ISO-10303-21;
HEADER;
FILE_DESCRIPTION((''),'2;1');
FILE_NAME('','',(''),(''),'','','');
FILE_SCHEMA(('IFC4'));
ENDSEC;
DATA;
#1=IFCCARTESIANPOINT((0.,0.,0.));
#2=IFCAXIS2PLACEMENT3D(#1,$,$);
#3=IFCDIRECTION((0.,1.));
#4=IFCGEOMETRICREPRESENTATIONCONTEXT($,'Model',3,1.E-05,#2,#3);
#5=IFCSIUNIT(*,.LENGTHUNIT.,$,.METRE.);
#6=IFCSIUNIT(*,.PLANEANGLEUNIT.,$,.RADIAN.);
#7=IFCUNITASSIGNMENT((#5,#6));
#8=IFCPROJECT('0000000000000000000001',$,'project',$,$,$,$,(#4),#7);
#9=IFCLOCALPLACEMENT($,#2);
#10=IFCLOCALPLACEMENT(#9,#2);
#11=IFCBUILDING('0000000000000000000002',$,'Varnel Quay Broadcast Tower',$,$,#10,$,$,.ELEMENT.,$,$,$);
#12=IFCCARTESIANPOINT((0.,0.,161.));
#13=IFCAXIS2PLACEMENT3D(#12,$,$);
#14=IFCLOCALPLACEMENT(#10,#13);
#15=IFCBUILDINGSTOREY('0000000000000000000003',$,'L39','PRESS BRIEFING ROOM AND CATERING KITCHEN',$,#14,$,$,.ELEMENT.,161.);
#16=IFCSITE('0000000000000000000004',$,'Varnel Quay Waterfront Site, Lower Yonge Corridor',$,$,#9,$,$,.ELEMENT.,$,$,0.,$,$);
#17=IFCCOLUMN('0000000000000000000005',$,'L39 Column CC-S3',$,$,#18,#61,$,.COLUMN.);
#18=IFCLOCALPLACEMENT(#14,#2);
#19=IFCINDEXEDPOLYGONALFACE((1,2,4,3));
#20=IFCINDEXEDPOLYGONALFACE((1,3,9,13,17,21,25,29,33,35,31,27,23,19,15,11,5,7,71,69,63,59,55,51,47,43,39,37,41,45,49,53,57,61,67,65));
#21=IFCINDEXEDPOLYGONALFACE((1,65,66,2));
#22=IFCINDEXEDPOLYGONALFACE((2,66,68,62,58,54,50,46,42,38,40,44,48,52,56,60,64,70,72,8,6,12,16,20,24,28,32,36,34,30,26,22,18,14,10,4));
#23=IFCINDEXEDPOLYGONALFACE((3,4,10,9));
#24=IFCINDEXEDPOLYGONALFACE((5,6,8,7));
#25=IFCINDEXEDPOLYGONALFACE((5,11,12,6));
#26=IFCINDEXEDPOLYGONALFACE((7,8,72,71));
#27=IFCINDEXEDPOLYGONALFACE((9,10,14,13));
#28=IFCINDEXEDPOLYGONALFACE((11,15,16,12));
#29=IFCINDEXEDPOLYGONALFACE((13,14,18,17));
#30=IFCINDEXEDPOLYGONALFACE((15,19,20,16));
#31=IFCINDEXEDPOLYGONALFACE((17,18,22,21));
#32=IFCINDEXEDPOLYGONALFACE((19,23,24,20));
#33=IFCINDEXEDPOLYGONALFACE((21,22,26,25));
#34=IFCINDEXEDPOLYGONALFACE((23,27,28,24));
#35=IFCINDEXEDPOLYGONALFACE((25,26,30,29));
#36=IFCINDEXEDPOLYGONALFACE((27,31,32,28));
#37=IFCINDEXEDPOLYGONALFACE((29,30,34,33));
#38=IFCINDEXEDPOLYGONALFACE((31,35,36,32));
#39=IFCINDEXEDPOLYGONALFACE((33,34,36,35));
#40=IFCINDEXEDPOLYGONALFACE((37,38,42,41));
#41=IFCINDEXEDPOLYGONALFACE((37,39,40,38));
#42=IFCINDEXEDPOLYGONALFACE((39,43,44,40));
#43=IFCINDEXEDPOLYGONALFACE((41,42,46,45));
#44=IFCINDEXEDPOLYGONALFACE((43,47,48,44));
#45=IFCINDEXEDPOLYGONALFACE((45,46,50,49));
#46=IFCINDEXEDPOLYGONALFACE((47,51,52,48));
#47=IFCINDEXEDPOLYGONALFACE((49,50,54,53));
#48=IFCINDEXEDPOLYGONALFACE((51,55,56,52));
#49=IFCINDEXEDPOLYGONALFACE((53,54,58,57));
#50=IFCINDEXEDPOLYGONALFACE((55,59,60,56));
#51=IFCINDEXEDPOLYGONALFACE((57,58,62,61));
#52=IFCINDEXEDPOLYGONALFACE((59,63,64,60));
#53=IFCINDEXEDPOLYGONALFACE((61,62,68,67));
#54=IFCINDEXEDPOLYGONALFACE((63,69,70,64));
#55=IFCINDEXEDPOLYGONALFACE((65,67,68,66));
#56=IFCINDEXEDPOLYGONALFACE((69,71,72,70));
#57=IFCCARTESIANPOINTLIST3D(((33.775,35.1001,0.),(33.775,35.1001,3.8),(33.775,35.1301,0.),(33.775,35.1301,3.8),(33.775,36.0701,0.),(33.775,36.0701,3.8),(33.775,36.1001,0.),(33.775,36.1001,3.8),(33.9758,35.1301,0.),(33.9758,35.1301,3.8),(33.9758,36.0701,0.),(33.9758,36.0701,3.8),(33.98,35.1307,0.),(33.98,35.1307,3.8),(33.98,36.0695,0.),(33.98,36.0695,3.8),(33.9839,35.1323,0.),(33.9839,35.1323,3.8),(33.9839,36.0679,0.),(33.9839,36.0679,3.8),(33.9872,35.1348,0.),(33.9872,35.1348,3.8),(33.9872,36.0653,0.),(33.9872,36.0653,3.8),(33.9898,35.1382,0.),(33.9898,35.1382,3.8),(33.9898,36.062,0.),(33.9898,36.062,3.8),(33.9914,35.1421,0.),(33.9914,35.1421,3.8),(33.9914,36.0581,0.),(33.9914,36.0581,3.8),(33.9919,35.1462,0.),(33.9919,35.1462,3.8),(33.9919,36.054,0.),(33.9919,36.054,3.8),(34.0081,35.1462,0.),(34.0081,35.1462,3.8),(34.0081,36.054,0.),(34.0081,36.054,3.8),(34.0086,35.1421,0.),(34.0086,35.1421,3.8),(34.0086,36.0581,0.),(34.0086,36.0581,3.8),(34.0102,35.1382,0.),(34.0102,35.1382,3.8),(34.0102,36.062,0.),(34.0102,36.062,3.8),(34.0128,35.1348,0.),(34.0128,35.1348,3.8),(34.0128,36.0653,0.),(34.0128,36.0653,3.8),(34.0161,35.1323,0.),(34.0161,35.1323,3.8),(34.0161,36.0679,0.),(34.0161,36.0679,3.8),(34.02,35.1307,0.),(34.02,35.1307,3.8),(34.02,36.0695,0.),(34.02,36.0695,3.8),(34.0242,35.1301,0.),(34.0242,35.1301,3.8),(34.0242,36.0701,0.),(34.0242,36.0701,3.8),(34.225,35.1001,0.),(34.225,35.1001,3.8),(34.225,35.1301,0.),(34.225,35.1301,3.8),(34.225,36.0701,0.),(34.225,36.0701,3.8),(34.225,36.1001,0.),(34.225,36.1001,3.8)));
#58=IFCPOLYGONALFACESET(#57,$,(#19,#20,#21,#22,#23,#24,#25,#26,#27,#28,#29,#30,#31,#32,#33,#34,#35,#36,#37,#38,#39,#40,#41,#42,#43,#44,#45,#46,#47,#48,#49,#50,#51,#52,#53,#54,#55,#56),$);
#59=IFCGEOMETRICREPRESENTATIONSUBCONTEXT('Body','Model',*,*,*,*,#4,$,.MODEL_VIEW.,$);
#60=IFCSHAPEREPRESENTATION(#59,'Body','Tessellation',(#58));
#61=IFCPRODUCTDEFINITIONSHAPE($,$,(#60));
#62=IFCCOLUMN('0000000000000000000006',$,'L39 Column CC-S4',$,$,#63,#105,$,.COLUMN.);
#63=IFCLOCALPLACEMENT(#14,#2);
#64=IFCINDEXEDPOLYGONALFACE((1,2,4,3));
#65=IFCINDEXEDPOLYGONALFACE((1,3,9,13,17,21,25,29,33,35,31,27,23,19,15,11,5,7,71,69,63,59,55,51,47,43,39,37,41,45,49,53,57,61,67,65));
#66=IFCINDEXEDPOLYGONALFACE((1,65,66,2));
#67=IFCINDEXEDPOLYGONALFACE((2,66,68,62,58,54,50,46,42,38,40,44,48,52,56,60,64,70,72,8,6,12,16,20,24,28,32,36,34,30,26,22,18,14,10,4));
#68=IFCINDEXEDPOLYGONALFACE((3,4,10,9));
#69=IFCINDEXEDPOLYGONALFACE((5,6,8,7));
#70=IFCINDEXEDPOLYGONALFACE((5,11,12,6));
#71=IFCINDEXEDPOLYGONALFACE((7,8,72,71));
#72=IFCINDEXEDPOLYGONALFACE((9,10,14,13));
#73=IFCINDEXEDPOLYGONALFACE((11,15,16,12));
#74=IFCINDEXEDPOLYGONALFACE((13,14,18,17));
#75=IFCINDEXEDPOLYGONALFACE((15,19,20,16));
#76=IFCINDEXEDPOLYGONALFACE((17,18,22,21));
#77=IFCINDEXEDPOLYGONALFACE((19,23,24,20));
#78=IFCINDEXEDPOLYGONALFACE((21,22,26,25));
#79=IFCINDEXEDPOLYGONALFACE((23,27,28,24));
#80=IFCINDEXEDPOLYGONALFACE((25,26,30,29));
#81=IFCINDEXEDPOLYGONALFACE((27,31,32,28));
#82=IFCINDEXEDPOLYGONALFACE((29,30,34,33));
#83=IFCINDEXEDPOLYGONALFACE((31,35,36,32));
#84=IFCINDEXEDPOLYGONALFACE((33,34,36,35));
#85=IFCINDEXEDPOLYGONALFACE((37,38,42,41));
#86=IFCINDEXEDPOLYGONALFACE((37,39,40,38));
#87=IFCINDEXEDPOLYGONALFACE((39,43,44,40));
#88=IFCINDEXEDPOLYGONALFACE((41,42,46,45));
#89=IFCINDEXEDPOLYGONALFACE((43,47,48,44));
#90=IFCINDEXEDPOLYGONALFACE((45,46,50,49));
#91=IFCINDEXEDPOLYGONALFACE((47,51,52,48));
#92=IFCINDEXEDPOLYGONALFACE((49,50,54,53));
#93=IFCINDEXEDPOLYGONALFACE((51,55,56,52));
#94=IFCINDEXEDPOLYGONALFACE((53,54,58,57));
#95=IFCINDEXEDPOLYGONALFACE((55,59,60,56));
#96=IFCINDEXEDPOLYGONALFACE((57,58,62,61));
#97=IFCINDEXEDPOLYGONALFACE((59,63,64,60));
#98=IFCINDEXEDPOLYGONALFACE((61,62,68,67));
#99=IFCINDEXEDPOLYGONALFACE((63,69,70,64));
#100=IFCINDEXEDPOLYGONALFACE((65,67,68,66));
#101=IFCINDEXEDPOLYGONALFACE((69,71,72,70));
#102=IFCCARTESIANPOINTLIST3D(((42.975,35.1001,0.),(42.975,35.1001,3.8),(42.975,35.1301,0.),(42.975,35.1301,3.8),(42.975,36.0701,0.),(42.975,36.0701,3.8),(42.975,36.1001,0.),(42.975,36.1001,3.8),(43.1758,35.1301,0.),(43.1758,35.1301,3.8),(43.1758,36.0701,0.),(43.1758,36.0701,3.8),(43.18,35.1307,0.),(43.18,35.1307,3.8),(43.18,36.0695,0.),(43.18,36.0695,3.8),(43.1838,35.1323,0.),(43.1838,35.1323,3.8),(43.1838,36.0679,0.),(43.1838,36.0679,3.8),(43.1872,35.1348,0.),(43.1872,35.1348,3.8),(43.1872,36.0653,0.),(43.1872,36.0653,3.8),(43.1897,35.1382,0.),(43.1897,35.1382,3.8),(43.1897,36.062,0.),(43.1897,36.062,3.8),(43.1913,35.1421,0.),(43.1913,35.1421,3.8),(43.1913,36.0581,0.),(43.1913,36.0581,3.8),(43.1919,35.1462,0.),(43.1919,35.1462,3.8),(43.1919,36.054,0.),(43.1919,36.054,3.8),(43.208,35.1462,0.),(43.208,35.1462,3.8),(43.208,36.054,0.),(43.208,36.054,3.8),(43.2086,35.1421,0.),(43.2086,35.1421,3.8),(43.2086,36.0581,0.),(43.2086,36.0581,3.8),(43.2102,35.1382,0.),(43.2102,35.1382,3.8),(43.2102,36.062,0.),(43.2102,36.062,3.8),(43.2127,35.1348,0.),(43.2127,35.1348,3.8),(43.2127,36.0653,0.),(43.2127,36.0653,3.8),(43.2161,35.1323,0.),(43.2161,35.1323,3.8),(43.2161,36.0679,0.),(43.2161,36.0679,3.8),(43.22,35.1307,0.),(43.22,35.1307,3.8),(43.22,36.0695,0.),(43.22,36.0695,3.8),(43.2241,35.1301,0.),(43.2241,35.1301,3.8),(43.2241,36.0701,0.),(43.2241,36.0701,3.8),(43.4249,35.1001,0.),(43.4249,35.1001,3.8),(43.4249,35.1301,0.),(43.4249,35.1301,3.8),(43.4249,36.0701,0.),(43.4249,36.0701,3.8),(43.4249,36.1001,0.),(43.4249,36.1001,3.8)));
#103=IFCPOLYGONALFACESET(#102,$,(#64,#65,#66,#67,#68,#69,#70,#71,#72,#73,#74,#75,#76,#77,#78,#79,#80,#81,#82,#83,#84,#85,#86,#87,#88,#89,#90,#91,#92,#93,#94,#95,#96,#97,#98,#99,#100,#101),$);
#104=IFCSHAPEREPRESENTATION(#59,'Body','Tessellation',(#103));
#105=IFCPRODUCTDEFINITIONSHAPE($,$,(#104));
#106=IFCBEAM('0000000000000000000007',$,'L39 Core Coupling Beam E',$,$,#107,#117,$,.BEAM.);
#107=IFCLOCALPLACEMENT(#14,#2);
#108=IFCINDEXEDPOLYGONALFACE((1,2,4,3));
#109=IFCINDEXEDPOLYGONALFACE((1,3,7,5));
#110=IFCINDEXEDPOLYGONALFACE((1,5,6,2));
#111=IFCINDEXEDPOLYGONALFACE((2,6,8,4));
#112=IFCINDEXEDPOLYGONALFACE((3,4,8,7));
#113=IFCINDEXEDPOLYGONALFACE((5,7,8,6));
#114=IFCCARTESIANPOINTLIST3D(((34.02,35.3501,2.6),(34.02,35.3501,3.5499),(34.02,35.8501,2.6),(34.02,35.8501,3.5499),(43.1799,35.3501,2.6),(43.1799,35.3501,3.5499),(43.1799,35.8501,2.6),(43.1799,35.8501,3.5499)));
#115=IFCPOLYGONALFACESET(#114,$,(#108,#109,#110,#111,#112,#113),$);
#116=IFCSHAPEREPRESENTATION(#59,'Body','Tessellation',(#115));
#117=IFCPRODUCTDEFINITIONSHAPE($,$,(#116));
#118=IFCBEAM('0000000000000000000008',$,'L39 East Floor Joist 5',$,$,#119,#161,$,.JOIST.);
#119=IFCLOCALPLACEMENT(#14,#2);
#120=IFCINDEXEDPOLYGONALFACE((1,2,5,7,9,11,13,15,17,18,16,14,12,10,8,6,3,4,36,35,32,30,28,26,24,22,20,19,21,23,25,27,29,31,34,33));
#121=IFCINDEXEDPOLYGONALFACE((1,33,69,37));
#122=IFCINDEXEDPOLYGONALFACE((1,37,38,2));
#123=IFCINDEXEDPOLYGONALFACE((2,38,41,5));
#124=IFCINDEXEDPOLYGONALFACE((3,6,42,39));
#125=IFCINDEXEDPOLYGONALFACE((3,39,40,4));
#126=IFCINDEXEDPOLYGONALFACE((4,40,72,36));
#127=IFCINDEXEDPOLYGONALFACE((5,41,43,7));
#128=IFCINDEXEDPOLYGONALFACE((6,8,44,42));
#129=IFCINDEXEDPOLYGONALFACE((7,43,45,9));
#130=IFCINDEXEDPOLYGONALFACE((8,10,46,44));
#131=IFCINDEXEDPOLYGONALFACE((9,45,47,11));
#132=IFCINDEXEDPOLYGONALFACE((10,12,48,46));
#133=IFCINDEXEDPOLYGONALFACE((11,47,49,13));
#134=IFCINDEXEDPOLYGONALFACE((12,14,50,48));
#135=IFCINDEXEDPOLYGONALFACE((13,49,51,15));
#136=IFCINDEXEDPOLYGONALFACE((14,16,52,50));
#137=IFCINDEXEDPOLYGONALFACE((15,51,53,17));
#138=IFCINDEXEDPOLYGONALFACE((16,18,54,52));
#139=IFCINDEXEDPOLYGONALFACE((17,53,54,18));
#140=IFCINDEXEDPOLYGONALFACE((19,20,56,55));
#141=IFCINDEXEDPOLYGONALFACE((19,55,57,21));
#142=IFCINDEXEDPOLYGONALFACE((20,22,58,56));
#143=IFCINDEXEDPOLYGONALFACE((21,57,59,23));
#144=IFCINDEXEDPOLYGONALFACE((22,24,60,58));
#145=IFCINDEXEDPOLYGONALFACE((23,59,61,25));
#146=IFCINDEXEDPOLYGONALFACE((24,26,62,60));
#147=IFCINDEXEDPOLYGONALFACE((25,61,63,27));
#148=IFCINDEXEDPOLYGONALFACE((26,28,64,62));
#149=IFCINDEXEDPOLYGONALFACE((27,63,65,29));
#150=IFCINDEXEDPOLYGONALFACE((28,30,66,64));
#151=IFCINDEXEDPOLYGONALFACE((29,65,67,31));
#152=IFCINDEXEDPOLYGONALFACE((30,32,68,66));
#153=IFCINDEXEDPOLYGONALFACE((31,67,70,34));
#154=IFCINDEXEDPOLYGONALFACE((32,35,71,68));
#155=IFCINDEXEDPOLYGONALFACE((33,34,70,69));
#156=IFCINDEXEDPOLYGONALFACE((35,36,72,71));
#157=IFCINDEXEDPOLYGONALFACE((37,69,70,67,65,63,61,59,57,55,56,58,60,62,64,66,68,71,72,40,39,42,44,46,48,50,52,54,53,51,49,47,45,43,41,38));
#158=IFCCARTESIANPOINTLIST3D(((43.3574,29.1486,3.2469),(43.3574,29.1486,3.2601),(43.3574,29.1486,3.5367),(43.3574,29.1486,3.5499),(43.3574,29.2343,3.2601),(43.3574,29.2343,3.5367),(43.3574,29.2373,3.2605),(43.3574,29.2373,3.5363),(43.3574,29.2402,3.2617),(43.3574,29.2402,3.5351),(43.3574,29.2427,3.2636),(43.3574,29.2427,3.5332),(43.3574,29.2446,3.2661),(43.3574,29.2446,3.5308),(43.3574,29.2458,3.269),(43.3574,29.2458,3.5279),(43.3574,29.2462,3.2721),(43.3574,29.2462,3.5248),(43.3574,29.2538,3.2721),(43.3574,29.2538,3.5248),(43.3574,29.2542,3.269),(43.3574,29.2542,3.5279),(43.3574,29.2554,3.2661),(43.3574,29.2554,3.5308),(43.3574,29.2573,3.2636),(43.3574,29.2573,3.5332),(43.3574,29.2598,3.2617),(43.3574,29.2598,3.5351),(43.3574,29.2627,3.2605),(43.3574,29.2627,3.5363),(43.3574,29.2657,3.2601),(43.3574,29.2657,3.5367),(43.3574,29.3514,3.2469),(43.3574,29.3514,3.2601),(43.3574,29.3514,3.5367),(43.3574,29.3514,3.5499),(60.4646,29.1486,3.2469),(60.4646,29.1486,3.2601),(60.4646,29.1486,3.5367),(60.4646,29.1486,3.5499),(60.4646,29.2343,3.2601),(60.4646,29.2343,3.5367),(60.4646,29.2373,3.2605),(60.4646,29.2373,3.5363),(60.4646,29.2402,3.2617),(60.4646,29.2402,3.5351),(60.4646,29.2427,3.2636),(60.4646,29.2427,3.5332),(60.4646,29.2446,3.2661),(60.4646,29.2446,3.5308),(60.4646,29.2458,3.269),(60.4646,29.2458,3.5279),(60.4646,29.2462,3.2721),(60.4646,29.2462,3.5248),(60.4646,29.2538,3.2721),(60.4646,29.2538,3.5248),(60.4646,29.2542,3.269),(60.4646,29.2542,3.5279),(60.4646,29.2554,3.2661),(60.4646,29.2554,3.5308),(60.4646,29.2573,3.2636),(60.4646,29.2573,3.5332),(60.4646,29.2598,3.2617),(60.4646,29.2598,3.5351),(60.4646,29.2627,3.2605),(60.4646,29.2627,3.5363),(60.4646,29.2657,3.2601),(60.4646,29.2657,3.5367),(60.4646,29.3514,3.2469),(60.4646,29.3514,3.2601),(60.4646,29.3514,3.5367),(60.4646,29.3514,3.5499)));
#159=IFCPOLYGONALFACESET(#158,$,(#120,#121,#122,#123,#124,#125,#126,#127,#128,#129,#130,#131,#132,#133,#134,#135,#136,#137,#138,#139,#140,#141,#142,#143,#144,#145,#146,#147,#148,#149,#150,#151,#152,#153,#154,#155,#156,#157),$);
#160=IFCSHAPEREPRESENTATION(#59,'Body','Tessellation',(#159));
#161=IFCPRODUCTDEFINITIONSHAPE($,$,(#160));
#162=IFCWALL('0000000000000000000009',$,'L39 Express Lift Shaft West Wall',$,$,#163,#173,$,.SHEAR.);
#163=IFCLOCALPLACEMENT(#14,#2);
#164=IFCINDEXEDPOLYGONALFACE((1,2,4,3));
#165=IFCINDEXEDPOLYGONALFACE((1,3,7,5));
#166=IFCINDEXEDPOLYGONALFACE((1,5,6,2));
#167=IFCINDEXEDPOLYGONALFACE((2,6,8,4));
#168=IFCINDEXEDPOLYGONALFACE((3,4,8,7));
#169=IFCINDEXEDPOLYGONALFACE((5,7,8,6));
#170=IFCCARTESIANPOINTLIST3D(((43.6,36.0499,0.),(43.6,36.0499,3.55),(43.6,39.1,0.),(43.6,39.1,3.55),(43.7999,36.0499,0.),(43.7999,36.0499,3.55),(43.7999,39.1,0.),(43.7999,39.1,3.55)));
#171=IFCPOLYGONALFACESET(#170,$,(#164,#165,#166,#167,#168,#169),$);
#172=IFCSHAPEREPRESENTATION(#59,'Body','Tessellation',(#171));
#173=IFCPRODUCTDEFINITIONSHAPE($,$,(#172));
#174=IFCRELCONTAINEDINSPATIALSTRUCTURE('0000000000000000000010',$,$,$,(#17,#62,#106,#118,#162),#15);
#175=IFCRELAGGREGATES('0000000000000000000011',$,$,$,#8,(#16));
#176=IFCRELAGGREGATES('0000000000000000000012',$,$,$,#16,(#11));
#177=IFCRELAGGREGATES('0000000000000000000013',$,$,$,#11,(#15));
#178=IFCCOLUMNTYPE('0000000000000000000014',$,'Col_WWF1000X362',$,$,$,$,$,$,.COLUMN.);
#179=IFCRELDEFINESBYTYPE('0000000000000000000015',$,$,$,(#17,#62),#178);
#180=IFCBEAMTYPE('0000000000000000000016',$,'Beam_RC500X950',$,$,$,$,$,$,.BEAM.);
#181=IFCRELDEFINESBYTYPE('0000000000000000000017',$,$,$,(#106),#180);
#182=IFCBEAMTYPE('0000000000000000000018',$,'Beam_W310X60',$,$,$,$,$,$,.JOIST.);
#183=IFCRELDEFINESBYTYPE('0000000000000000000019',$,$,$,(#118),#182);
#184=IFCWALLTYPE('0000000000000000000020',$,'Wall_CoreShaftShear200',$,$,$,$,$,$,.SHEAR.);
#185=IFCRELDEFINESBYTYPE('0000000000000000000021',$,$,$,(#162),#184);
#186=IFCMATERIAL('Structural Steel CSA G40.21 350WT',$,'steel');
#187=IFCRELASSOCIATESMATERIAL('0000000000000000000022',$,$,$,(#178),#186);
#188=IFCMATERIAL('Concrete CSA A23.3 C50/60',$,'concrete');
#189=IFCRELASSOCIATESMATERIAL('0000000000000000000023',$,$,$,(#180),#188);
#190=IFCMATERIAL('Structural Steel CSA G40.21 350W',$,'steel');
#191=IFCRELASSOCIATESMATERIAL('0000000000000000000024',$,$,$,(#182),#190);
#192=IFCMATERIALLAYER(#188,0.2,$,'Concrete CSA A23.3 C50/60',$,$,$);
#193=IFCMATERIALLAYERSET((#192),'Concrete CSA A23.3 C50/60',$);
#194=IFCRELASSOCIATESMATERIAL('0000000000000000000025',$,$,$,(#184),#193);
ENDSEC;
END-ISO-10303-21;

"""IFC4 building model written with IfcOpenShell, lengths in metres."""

from ifc_helpers import new_model, si_unit, direction, frame, frame_2d, origin, origin_2d, place, context, subcontext, project, spatial, rectangle, i_section, extrude, source, transform, mapped, material, layer, layer_set, material_profile, profile_set, type_object, type_shapes, element, save


model = new_model("IFC4")

# Units and contexts
model_context = context("Model", 3, precision=1e-05, world=origin(), true_north=direction((0.0, 1.0)))
body_context = subcontext(model_context, "Body", "Model", "MODEL_VIEW")
ifc_project = project(units=[si_unit("LENGTHUNIT", "METRE"), si_unit("PLANEANGLEUNIT", "RADIAN")], contexts=[model_context])

# Site, building, storey
site_placement = place(None, origin())
site = spatial("IfcSite", under=ifc_project, at=site_placement, Name="Varnel Quay Waterfront Site, Lower Yonge Corridor", CompositionType="ELEMENT", RefElevation=0.0)
building_placement = place(site_placement, origin())
building = spatial("IfcBuilding", under=site, at=building_placement, Name="Varnel Quay Broadcast Tower", CompositionType="ELEMENT")
storey_placement = place(building_placement, frame((0.0, 0.0, 161.0)))
storey = spatial("IfcBuildingStorey", under=building, at=storey_placement, Name="L39", Description="PRESS BRIEFING ROOM AND CATERING KITCHEN", CompositionType="ELEMENT", Elevation=161.0)

# Columns
ifc_material_1 = material(Name="Structural Steel CSA G40.21 350WT", Category="steel")
ifc_material_profile_1 = material_profile(ifc_material_1, i_section(OverallWidth=0.45, OverallDepth=1.0, WebThickness=0.0161, FlangeThickness=0.03, FilletRadius=0.0161, at=origin_2d()), Name="WWF1000X362")
ifc_profile_set_1 = profile_set([ifc_material_profile_1], Name="Structural Steel CSA G40.21 350WT")
column_type = type_object("IfcColumnType", Name="Col_WWF1000X362", PredefinedType="COLUMN", material=ifc_profile_set_1)
shared_shape_1 = source(origin(), body_context, "Body", "SweptSolid", [
    extrude(i_section(OverallWidth=0.45, OverallDepth=1.0, WebThickness=0.0161, FlangeThickness=0.03, FilletRadius=0.0161, at=origin_2d()), origin(), (0.0, 0.0, 1.0), 3.8),
])
type_shapes(column_type, [shared_shape_1])
for number, where, z_axis, x_axis, name in (
    (1, (34.0, 35.6001, 0.0), (0.0, 0.0, 1.0), (1.0, 0.0, 0.0), "L39 Column CC-S3"),
    (2, (43.2, 35.6001, 0.0), (0.0, 0.0, 1.0), (1.0, 0.0, 0.0), "L39 Column CC-S4"),
):
    element("IfcColumn", number, at=place(storey_placement, frame(where, z_axis=z_axis, x_axis=x_axis)), inside=storey, type_object=column_type, Name=name, PredefinedType="COLUMN", context=body_context, shape_type="MappedRepresentation", body=[
        mapped(shared_shape_1, transform((0.0, 0.0, 0.0), x_axis=(1.0, 0.0, 0.0), y_axis=(0.0, 1.0, 0.0), z_axis=(0.0, 0.0, 1.0), scale=1.0)),
    ])

# Beams
ifc_material_2 = material(Name="Concrete CSA A23.3 C50/60", Category="concrete")
ifc_material_profile_2 = material_profile(ifc_material_2, rectangle(XDim=0.5, YDim=0.95, at=origin_2d()), Name="RC500X950")
ifc_profile_set_2 = profile_set([ifc_material_profile_2], Name="Concrete CSA A23.3 C50/60")
beam_type_1 = type_object("IfcBeamType", Name="Beam_RC500X950", PredefinedType="BEAM", material=ifc_profile_set_2)
shared_shape_2 = source(origin(), body_context, "Body", "SweptSolid", [
    extrude(rectangle(XDim=0.5, YDim=0.95, at=origin_2d()), origin(), (0.0, 0.0, 1.0), 9.1599),
])
type_shapes(beam_type_1, [shared_shape_2])
beam_1_placement = place(storey_placement, frame((34.02, 35.6001, 3.075), z_axis=(1.0, 0.0, 0.0), x_axis=(0.0, 1.0, 0.0)))
element("IfcBeam", 3, at=beam_1_placement, inside=storey, type_object=beam_type_1, Name="L39 Core Coupling Beam E", PredefinedType="BEAM", context=body_context, shape_type="MappedRepresentation", body=[
    mapped(shared_shape_2, transform((0.0, 0.0, 0.0), x_axis=(1.0, 0.0, 0.0), y_axis=(0.0, 1.0, 0.0), z_axis=(0.0, 0.0, 1.0), scale=1.0)),
])
ifc_material_3 = material(Name="Structural Steel CSA G40.21 350W", Category="steel")
ifc_material_profile_3 = material_profile(ifc_material_3, i_section(OverallWidth=0.2029, OverallDepth=0.303, WebThickness=0.0076, FlangeThickness=0.0132, FilletRadius=0.012, at=origin_2d()), Name="W310X60")
ifc_profile_set_3 = profile_set([ifc_material_profile_3], Name="Structural Steel CSA G40.21 350W")
beam_type_2 = type_object("IfcBeamType", Name="Beam_W310X60", PredefinedType="JOIST", material=ifc_profile_set_3)
shared_shape_3 = source(origin(), body_context, "Body", "SweptSolid", [
    extrude(i_section(OverallWidth=0.2029, OverallDepth=0.303, WebThickness=0.0076, FlangeThickness=0.0132, FilletRadius=0.012, at=origin_2d()), origin(), (0.0, 0.0, 1.0), 17.1072),
])
type_shapes(beam_type_2, [shared_shape_3])
beam_2_placement = place(storey_placement, frame((43.3574, 29.25, 3.3984), z_axis=(1.0, 0.0, 0.0), x_axis=(0.0, 1.0, 0.0)))
element("IfcBeam", 4, at=beam_2_placement, inside=storey, type_object=beam_type_2, Name="L39 East Floor Joist 5", PredefinedType="JOIST", context=body_context, shape_type="MappedRepresentation", body=[
    mapped(shared_shape_3, transform((0.0, 0.0, 0.0), x_axis=(1.0, 0.0, 0.0), y_axis=(0.0, 1.0, 0.0), z_axis=(0.0, 0.0, 1.0), scale=1.0)),
])

# Wall
ifc_layer_1 = layer(ifc_material_2, 0.2, Name="Concrete CSA A23.3 C50/60")
ifc_layer_set_1 = layer_set([ifc_layer_1], Name="Concrete CSA A23.3 C50/60")
wall_type_1 = type_object("IfcWallType", Name="Wall_CoreShaftShear200", PredefinedType="SHEAR", material=ifc_layer_set_1)
wall_1_placement = place(storey_placement, frame((43.7, 36.05, 0.0), z_axis=(0.0, 0.0, 1.0), x_axis=(0.0, 1.0, 0.0)))
element("IfcWall", 5, at=wall_1_placement, inside=storey, type_object=wall_type_1, Name="L39 Express Lift Shaft West Wall", PredefinedType="SHEAR", context=body_context, shape_type="SweptSolid", body=[
    extrude(rectangle(XDim=3.05, YDim=0.2, at=frame_2d((1.5249, 0.0))), origin(), (0.0, 0.0, 1.0), 3.55),
])

save(model, "model.ifc")
